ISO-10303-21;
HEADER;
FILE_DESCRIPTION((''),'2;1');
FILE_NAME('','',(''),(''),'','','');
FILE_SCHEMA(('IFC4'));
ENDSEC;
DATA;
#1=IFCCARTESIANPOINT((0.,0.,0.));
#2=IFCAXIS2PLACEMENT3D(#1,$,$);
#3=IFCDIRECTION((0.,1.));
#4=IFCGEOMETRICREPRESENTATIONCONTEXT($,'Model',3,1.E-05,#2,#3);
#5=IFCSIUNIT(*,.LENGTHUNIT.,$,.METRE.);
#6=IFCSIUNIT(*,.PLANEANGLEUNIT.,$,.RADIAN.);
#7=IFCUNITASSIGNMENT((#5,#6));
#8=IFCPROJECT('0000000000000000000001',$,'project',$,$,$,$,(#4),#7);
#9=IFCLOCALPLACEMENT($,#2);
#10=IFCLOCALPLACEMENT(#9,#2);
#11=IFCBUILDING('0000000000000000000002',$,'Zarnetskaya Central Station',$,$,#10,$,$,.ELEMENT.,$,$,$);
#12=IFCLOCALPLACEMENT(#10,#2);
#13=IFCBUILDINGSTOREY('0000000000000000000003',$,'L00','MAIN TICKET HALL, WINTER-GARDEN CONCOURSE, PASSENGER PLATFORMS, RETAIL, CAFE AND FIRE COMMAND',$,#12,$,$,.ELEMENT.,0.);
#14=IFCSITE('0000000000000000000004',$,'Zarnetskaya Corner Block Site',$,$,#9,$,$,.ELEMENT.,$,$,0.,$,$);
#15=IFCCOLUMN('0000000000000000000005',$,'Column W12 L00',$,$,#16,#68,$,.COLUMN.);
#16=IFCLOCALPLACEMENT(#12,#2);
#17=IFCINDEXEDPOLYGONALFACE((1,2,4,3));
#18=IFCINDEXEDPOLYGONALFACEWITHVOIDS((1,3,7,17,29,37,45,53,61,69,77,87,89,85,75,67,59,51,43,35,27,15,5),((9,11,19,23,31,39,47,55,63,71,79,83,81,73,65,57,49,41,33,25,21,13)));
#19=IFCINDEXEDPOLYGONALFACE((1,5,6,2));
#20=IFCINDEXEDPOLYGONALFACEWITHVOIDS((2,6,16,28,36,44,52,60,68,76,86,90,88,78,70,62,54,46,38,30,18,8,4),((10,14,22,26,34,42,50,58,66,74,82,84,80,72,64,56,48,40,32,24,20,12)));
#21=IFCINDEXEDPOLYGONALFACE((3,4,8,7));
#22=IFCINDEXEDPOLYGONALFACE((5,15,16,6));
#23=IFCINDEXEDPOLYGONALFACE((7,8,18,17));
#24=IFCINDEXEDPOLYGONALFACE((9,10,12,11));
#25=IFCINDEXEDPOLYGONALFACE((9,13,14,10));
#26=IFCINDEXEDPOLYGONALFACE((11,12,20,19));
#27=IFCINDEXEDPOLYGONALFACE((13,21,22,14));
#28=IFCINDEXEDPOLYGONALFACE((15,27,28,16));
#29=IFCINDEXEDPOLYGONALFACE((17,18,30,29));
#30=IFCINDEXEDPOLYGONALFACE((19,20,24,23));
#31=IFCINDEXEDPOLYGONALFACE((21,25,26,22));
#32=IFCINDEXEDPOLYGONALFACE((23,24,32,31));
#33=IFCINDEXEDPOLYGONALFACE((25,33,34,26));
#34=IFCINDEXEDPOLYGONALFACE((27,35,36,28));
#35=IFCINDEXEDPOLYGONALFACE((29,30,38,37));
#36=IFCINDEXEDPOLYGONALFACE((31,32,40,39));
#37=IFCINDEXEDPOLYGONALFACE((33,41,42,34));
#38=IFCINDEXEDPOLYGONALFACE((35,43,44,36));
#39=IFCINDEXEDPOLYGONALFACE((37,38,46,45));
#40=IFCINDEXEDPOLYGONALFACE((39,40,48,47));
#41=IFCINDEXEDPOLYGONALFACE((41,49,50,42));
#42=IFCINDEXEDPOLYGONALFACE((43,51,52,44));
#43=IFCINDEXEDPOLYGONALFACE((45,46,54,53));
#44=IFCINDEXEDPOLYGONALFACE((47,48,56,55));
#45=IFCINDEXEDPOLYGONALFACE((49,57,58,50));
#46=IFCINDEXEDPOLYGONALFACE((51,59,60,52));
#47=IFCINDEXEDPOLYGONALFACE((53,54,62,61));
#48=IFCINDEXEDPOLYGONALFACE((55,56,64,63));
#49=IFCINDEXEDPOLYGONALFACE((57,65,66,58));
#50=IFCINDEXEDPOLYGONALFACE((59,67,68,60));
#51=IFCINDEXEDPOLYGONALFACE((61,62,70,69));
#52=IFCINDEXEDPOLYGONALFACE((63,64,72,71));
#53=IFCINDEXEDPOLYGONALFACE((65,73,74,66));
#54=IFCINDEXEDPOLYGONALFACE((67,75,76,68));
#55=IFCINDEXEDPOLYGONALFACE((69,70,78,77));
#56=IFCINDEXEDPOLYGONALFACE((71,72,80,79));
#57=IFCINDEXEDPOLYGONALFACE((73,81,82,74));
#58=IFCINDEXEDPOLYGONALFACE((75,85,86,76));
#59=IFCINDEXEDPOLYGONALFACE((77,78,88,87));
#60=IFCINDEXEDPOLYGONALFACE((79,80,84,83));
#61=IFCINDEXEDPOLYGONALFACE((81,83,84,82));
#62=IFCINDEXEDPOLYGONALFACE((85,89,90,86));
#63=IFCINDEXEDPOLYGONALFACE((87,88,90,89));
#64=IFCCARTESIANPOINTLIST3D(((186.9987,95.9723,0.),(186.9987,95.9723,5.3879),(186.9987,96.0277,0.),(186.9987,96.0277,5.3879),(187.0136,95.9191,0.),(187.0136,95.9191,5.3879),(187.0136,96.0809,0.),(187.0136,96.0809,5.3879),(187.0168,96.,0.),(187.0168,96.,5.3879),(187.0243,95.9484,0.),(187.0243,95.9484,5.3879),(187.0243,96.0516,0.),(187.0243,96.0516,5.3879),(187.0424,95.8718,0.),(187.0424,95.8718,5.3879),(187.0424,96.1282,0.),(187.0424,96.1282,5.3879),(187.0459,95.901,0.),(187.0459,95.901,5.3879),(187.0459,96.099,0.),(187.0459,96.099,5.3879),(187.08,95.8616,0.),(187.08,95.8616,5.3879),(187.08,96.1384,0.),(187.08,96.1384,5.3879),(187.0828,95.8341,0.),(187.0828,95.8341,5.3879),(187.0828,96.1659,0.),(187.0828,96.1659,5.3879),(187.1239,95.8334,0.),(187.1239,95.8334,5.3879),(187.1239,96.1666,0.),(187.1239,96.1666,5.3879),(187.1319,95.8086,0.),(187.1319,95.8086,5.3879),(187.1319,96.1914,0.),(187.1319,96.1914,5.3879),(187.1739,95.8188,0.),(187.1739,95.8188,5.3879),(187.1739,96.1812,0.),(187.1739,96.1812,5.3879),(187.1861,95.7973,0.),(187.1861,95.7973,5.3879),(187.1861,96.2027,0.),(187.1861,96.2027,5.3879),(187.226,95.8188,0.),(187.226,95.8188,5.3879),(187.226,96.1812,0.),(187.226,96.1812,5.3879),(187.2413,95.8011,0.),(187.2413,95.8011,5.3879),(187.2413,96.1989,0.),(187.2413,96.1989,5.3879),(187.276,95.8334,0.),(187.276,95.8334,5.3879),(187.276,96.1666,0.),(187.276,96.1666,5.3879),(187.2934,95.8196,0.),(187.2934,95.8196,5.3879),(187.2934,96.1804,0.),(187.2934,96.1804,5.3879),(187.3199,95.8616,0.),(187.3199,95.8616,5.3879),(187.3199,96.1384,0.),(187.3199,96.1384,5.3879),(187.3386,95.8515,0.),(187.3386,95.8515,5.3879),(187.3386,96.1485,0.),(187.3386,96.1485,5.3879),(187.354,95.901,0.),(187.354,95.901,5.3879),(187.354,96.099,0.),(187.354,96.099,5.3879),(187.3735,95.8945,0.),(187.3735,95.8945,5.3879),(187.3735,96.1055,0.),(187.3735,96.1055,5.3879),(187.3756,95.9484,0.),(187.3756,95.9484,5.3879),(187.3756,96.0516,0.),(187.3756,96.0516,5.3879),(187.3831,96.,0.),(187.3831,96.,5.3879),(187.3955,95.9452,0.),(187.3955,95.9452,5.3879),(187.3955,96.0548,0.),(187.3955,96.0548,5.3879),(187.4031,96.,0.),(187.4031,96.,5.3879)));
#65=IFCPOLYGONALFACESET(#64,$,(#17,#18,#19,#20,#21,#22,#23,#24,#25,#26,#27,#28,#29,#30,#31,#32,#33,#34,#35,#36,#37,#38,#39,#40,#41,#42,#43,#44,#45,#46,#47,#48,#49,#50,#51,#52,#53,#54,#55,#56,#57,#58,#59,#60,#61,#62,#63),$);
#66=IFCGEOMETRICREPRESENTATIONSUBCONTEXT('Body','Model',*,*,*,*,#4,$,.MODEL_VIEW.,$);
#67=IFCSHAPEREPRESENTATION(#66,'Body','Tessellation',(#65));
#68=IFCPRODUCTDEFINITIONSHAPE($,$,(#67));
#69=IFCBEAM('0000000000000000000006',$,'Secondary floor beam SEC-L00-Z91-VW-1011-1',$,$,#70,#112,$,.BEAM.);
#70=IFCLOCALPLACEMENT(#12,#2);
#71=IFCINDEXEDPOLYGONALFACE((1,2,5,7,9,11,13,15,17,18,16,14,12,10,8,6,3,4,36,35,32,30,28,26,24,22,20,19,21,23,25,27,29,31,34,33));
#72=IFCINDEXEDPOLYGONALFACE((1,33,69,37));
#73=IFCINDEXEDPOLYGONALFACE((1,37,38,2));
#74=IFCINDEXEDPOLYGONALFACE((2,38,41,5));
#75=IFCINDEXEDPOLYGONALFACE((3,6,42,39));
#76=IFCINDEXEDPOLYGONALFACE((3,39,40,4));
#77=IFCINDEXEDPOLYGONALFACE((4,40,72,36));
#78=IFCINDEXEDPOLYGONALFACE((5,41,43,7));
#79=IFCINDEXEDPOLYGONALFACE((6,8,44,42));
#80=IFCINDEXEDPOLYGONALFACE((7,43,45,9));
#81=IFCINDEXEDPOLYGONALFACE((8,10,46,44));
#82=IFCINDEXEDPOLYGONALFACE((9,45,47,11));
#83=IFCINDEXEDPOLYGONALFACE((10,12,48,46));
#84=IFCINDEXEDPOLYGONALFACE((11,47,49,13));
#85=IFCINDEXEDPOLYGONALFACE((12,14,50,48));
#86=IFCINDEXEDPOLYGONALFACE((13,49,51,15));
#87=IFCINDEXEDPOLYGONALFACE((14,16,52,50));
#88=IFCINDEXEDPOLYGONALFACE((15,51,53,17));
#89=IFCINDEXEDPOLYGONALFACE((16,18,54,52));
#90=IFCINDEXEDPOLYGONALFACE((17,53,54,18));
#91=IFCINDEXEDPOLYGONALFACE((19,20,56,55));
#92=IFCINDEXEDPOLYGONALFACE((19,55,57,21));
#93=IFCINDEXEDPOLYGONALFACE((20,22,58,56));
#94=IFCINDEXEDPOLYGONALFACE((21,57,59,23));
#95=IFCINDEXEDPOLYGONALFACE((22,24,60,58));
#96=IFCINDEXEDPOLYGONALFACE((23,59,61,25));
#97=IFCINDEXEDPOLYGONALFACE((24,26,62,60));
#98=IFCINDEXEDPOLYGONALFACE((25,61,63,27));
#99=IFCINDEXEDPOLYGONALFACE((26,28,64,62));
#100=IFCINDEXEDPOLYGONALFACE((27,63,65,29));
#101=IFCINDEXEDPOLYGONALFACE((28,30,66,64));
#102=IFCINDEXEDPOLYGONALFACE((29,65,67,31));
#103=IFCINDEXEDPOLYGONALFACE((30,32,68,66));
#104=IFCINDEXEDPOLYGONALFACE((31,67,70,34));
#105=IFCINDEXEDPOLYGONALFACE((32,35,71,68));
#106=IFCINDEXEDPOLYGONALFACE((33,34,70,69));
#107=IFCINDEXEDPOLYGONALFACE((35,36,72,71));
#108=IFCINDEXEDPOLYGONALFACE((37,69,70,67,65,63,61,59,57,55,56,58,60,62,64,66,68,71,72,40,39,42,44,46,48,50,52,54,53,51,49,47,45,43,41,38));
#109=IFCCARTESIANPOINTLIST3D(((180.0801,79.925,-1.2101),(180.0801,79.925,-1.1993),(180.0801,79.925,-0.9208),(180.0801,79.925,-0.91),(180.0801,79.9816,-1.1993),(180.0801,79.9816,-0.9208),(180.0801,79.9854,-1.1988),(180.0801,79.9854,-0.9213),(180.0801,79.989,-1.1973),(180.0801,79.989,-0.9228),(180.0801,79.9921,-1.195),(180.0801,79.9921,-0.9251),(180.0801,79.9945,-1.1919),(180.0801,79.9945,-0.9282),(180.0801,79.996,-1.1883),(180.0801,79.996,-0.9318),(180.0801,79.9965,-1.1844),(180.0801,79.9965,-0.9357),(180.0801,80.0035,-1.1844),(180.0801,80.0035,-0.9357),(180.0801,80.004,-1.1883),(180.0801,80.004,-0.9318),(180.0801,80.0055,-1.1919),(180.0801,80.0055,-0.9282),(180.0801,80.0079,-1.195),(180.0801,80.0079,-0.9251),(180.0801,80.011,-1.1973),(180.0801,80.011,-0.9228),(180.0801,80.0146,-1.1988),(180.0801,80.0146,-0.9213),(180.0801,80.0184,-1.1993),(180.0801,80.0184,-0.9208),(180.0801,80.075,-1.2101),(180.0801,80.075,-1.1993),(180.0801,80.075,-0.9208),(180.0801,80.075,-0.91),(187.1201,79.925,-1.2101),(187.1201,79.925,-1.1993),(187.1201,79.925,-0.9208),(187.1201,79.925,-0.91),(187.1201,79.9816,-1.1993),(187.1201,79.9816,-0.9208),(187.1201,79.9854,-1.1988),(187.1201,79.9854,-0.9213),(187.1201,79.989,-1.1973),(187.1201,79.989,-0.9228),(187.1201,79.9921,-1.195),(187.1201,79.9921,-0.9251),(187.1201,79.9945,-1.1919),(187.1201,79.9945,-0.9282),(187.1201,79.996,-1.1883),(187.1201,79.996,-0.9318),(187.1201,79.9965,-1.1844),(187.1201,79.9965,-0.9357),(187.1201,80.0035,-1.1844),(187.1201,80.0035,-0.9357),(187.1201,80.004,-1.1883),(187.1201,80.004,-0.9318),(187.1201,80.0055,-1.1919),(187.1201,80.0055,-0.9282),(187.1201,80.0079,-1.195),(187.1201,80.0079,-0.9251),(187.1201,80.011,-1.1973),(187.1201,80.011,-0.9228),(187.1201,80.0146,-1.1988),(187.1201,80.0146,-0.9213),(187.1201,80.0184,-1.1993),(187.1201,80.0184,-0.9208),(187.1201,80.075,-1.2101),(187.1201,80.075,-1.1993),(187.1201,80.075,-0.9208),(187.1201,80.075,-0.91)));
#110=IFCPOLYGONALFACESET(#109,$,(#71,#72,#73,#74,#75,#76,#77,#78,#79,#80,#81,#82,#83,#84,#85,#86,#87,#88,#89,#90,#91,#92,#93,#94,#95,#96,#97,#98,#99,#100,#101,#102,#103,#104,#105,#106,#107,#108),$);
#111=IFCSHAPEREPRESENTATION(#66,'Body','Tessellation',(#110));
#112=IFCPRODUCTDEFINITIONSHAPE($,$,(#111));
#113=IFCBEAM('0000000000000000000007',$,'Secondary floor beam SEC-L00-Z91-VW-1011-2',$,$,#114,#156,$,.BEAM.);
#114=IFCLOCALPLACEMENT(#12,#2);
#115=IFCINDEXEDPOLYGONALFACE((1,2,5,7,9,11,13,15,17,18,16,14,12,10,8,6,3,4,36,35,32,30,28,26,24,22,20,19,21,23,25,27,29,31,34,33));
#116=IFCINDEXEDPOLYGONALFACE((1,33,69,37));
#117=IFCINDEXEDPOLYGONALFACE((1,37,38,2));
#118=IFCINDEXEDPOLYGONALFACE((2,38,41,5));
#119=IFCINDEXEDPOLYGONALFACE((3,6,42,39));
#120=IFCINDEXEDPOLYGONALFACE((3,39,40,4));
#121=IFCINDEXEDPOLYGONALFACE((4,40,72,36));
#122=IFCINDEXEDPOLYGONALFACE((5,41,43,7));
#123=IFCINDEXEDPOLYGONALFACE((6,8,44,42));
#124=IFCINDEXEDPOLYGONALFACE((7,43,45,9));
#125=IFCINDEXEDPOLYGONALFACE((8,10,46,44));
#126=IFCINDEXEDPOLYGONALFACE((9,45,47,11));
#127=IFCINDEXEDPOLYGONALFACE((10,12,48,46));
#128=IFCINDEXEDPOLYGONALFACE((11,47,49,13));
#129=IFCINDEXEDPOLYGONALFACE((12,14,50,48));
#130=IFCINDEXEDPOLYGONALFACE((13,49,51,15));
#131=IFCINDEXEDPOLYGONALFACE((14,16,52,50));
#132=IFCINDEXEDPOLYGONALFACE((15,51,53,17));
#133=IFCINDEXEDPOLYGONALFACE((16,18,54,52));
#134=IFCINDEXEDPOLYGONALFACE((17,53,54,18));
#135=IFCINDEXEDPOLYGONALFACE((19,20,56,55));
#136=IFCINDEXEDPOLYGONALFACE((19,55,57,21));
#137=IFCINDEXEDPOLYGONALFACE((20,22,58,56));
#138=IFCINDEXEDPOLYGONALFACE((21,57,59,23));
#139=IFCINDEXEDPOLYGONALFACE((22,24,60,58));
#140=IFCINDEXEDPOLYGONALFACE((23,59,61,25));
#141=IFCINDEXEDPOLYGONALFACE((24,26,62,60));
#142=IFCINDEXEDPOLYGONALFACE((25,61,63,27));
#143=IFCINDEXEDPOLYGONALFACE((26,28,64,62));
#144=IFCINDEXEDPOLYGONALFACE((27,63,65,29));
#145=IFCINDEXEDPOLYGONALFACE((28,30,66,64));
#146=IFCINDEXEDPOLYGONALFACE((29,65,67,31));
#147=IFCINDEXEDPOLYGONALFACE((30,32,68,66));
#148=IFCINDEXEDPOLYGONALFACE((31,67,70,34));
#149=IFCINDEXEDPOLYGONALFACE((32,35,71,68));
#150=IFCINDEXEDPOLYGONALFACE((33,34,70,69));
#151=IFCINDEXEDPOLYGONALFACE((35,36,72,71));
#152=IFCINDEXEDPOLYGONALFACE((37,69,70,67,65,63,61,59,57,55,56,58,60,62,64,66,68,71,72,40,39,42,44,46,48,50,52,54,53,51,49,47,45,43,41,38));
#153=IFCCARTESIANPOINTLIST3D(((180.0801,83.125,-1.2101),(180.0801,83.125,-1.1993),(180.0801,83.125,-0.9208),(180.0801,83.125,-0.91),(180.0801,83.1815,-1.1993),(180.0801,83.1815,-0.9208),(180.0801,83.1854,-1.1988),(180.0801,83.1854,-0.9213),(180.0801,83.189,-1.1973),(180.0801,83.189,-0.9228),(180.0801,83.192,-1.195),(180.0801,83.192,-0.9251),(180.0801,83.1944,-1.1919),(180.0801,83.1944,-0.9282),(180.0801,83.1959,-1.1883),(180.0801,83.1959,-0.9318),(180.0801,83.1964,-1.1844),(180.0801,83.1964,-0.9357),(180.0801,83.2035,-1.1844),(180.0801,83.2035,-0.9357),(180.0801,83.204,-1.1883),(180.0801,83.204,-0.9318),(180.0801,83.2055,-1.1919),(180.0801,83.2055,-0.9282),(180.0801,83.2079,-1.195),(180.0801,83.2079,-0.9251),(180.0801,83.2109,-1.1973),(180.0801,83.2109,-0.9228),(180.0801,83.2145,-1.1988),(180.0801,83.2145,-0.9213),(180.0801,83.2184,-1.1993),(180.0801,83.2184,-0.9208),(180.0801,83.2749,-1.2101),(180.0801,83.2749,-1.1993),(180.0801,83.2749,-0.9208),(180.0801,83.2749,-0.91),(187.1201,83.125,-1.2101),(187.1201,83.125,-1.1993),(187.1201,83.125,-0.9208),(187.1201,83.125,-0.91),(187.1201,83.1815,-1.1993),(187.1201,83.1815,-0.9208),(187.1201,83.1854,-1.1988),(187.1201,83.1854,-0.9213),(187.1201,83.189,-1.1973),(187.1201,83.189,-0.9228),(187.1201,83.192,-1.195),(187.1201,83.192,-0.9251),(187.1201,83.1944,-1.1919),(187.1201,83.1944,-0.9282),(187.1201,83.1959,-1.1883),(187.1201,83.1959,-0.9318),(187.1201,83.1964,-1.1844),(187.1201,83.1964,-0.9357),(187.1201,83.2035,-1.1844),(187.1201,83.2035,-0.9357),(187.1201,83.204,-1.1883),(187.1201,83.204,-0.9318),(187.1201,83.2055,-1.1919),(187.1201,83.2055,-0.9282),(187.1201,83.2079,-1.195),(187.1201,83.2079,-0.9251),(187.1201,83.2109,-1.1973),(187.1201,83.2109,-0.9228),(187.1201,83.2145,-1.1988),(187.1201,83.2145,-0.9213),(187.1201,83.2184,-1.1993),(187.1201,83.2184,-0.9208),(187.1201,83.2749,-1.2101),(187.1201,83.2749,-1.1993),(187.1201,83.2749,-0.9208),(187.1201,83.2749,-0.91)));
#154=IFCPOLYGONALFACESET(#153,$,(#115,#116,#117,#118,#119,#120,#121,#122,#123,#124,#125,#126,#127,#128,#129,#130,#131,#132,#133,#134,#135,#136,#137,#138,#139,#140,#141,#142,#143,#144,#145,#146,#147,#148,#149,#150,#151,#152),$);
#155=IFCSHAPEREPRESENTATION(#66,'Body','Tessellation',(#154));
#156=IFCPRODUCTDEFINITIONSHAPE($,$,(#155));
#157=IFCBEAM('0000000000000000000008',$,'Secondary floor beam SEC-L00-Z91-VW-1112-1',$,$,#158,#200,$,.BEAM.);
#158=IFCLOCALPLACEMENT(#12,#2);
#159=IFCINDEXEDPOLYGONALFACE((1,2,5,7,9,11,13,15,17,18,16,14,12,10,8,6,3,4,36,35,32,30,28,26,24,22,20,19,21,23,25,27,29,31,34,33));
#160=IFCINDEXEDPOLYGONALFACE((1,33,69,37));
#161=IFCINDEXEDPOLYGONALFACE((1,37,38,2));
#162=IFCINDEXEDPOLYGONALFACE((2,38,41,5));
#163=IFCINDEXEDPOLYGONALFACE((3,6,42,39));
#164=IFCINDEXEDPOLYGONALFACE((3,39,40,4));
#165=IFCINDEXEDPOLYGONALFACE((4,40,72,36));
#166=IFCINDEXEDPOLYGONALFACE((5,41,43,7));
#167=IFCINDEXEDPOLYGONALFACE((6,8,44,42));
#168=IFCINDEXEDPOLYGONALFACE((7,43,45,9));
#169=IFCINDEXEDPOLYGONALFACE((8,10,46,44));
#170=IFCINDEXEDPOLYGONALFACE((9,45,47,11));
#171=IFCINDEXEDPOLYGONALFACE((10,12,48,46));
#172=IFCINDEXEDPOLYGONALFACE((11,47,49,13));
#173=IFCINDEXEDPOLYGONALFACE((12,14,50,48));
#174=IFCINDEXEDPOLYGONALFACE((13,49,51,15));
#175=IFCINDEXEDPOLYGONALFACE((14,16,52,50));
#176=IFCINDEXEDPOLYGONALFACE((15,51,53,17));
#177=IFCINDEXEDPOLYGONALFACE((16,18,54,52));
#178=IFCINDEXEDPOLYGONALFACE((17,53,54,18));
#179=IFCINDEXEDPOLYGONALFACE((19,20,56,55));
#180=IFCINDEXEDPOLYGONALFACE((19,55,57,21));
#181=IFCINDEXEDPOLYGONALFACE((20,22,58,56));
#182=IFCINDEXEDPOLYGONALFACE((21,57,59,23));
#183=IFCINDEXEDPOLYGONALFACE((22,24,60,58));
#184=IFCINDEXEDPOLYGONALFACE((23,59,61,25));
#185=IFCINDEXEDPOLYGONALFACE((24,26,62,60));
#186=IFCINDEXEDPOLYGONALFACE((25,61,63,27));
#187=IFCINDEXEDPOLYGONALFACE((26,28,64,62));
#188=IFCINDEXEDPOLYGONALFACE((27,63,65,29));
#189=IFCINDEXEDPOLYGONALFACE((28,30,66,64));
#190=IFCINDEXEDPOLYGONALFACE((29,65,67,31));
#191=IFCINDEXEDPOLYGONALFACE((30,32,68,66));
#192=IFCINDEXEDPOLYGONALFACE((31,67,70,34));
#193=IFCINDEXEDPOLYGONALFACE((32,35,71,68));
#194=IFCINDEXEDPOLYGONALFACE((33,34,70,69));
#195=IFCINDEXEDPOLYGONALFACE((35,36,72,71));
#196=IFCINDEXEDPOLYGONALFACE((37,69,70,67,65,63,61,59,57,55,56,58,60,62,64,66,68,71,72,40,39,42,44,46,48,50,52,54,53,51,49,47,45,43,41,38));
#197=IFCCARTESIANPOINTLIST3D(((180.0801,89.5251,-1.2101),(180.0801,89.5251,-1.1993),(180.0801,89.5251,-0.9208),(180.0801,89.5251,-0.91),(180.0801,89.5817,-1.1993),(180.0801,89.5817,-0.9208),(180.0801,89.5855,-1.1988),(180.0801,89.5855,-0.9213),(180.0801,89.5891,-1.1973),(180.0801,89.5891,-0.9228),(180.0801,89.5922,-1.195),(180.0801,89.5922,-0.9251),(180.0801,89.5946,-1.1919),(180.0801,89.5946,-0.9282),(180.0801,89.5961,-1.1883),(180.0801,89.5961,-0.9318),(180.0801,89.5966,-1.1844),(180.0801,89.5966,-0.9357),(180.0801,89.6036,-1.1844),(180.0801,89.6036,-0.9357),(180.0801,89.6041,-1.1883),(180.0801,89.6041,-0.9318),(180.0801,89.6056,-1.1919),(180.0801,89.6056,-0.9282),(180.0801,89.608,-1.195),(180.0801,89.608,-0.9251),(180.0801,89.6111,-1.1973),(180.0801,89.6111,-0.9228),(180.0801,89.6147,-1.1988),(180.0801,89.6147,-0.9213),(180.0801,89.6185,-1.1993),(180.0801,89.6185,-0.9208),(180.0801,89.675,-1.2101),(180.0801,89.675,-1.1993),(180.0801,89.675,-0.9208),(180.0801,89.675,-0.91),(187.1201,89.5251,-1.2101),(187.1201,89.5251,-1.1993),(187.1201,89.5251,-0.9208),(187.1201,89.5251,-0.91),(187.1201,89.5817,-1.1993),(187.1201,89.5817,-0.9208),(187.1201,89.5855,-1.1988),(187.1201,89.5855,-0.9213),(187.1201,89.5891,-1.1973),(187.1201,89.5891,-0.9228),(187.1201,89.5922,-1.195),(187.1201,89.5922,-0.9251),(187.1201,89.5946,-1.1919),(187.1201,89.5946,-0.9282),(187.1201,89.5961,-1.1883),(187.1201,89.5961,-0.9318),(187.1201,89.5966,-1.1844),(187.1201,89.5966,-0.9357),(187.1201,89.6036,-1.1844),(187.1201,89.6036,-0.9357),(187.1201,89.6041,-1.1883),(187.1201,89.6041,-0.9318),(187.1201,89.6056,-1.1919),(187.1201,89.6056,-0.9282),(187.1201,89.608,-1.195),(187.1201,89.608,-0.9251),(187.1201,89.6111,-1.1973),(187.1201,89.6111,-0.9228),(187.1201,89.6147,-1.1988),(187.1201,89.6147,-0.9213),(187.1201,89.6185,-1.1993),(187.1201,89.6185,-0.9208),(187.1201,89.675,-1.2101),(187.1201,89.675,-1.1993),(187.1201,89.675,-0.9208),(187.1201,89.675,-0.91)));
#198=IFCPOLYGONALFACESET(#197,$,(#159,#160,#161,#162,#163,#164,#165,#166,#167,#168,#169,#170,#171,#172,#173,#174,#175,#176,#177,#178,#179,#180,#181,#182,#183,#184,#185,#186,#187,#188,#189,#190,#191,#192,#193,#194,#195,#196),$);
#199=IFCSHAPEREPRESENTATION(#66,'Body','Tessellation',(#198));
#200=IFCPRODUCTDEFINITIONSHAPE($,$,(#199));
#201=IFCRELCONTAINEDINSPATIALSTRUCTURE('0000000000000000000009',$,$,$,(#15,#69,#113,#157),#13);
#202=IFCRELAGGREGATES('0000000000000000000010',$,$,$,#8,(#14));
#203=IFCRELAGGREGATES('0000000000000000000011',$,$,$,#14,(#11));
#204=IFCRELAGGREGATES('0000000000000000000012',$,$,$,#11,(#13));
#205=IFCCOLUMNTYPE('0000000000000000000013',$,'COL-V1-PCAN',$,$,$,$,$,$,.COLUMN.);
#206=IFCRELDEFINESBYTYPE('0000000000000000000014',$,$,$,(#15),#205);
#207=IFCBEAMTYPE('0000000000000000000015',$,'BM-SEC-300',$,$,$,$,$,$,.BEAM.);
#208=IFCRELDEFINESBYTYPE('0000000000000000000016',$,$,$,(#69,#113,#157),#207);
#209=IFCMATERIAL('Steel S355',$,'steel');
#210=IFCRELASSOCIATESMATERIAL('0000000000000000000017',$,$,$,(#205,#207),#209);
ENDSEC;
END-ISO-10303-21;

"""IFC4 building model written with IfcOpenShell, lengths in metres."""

from ifc_helpers import new_model, si_unit, direction, frame, origin, origin_2d, place, context, subcontext, project, spatial, hollow_circle, i_section, extrude, material, material_profile, profile_set, type_object, element, save


model = new_model("IFC4")

# Units and contexts
model_context = context("Model", 3, precision=1e-05, world=origin(), true_north=direction((0.0, 1.0)))
body_context = subcontext(model_context, "Body", "Model", "MODEL_VIEW")
ifc_project = project(units=[si_unit("LENGTHUNIT", "METRE"), si_unit("PLANEANGLEUNIT", "RADIAN")], contexts=[model_context])

# Site, building, storey
site_placement = place(None, origin())
site = spatial("IfcSite", under=ifc_project, at=site_placement, Name="Zarnetskaya Corner Block Site", CompositionType="ELEMENT", RefElevation=0.0)
building_placement = place(site_placement, origin())
building = spatial("IfcBuilding", under=site, at=building_placement, Name="Zarnetskaya Central Station", CompositionType="ELEMENT")
storey_placement = place(building_placement, origin())
storey = spatial("IfcBuildingStorey", under=building, at=storey_placement, Name="L00", Description="MAIN TICKET HALL, WINTER-GARDEN CONCOURSE, PASSENGER PLATFORMS, RETAIL, CAFE AND FIRE COMMAND", CompositionType="ELEMENT", Elevation=0.0)

# Column
ifc_material = material(Name="Steel S355", Category="steel")
ifc_material_profile_1 = material_profile(ifc_material, hollow_circle(Radius=0.2031, WallThickness=0.02, at=origin_2d()), Name="CHS 406.4x20")
ifc_profile_set_1 = profile_set([ifc_material_profile_1], Name="Steel S355")
column_type = type_object("IfcColumnType", Name="COL-V1-PCAN", PredefinedType="COLUMN", material=ifc_profile_set_1)
for number, where, z_axis, x_axis, name in (
    (1, (187.2, 96.0, 0.0), (0.0, 0.0, 1.0), (1.0, 0.0, 0.0), "Column W12 L00"),
):
    element("IfcColumn", number, at=place(storey_placement, frame(where, z_axis=z_axis, x_axis=x_axis)), inside=storey, type_object=column_type, Name=name, PredefinedType="COLUMN", context=body_context, shape_type="SweptSolid", body=[
        extrude(hollow_circle(Radius=0.2031, WallThickness=0.02, at=origin_2d()), origin(), (0.0, 0.0, 1.0), 5.3879),
    ])

# Beams
ifc_material_profile_2 = material_profile(ifc_material, i_section(OverallWidth=0.1499, OverallDepth=0.3, WebThickness=0.0071, FlangeThickness=0.0107, FilletRadius=0.0149, at=origin_2d()), Name="IPE 300")
ifc_profile_set_2 = profile_set([ifc_material_profile_2], Name="Steel S355")
beam_type_1 = type_object("IfcBeamType", Name="BM-SEC-300", PredefinedType="BEAM", material=ifc_profile_set_2)
for number, where, z_axis, x_axis, name in (
    (2, (180.0801, 80.0, -1.0601), (1.0, 0.0, 0.0), (0.0, 1.0, 0.0), "Secondary floor beam SEC-L00-Z91-VW-1011-1"),
    (3, (180.0801, 83.2, -1.0601), (1.0, 0.0, 0.0), (0.0, 1.0, 0.0), "Secondary floor beam SEC-L00-Z91-VW-1011-2"),
    (4, (180.0801, 89.6001, -1.0601), (1.0, 0.0, 0.0), (0.0, 1.0, 0.0), "Secondary floor beam SEC-L00-Z91-VW-1112-1"),
):
    element("IfcBeam", number, at=place(storey_placement, frame(where, z_axis=z_axis, x_axis=x_axis)), inside=storey, type_object=beam_type_1, Name=name, PredefinedType="BEAM", context=body_context, shape_type="SweptSolid", body=[
        extrude(i_section(OverallWidth=0.1499, OverallDepth=0.3, WebThickness=0.0071, FlangeThickness=0.0107, FilletRadius=0.0149, at=origin_2d()), origin(), (0.0, 0.0, 1.0), 7.04),
    ])

save(model, "model.ifc")
